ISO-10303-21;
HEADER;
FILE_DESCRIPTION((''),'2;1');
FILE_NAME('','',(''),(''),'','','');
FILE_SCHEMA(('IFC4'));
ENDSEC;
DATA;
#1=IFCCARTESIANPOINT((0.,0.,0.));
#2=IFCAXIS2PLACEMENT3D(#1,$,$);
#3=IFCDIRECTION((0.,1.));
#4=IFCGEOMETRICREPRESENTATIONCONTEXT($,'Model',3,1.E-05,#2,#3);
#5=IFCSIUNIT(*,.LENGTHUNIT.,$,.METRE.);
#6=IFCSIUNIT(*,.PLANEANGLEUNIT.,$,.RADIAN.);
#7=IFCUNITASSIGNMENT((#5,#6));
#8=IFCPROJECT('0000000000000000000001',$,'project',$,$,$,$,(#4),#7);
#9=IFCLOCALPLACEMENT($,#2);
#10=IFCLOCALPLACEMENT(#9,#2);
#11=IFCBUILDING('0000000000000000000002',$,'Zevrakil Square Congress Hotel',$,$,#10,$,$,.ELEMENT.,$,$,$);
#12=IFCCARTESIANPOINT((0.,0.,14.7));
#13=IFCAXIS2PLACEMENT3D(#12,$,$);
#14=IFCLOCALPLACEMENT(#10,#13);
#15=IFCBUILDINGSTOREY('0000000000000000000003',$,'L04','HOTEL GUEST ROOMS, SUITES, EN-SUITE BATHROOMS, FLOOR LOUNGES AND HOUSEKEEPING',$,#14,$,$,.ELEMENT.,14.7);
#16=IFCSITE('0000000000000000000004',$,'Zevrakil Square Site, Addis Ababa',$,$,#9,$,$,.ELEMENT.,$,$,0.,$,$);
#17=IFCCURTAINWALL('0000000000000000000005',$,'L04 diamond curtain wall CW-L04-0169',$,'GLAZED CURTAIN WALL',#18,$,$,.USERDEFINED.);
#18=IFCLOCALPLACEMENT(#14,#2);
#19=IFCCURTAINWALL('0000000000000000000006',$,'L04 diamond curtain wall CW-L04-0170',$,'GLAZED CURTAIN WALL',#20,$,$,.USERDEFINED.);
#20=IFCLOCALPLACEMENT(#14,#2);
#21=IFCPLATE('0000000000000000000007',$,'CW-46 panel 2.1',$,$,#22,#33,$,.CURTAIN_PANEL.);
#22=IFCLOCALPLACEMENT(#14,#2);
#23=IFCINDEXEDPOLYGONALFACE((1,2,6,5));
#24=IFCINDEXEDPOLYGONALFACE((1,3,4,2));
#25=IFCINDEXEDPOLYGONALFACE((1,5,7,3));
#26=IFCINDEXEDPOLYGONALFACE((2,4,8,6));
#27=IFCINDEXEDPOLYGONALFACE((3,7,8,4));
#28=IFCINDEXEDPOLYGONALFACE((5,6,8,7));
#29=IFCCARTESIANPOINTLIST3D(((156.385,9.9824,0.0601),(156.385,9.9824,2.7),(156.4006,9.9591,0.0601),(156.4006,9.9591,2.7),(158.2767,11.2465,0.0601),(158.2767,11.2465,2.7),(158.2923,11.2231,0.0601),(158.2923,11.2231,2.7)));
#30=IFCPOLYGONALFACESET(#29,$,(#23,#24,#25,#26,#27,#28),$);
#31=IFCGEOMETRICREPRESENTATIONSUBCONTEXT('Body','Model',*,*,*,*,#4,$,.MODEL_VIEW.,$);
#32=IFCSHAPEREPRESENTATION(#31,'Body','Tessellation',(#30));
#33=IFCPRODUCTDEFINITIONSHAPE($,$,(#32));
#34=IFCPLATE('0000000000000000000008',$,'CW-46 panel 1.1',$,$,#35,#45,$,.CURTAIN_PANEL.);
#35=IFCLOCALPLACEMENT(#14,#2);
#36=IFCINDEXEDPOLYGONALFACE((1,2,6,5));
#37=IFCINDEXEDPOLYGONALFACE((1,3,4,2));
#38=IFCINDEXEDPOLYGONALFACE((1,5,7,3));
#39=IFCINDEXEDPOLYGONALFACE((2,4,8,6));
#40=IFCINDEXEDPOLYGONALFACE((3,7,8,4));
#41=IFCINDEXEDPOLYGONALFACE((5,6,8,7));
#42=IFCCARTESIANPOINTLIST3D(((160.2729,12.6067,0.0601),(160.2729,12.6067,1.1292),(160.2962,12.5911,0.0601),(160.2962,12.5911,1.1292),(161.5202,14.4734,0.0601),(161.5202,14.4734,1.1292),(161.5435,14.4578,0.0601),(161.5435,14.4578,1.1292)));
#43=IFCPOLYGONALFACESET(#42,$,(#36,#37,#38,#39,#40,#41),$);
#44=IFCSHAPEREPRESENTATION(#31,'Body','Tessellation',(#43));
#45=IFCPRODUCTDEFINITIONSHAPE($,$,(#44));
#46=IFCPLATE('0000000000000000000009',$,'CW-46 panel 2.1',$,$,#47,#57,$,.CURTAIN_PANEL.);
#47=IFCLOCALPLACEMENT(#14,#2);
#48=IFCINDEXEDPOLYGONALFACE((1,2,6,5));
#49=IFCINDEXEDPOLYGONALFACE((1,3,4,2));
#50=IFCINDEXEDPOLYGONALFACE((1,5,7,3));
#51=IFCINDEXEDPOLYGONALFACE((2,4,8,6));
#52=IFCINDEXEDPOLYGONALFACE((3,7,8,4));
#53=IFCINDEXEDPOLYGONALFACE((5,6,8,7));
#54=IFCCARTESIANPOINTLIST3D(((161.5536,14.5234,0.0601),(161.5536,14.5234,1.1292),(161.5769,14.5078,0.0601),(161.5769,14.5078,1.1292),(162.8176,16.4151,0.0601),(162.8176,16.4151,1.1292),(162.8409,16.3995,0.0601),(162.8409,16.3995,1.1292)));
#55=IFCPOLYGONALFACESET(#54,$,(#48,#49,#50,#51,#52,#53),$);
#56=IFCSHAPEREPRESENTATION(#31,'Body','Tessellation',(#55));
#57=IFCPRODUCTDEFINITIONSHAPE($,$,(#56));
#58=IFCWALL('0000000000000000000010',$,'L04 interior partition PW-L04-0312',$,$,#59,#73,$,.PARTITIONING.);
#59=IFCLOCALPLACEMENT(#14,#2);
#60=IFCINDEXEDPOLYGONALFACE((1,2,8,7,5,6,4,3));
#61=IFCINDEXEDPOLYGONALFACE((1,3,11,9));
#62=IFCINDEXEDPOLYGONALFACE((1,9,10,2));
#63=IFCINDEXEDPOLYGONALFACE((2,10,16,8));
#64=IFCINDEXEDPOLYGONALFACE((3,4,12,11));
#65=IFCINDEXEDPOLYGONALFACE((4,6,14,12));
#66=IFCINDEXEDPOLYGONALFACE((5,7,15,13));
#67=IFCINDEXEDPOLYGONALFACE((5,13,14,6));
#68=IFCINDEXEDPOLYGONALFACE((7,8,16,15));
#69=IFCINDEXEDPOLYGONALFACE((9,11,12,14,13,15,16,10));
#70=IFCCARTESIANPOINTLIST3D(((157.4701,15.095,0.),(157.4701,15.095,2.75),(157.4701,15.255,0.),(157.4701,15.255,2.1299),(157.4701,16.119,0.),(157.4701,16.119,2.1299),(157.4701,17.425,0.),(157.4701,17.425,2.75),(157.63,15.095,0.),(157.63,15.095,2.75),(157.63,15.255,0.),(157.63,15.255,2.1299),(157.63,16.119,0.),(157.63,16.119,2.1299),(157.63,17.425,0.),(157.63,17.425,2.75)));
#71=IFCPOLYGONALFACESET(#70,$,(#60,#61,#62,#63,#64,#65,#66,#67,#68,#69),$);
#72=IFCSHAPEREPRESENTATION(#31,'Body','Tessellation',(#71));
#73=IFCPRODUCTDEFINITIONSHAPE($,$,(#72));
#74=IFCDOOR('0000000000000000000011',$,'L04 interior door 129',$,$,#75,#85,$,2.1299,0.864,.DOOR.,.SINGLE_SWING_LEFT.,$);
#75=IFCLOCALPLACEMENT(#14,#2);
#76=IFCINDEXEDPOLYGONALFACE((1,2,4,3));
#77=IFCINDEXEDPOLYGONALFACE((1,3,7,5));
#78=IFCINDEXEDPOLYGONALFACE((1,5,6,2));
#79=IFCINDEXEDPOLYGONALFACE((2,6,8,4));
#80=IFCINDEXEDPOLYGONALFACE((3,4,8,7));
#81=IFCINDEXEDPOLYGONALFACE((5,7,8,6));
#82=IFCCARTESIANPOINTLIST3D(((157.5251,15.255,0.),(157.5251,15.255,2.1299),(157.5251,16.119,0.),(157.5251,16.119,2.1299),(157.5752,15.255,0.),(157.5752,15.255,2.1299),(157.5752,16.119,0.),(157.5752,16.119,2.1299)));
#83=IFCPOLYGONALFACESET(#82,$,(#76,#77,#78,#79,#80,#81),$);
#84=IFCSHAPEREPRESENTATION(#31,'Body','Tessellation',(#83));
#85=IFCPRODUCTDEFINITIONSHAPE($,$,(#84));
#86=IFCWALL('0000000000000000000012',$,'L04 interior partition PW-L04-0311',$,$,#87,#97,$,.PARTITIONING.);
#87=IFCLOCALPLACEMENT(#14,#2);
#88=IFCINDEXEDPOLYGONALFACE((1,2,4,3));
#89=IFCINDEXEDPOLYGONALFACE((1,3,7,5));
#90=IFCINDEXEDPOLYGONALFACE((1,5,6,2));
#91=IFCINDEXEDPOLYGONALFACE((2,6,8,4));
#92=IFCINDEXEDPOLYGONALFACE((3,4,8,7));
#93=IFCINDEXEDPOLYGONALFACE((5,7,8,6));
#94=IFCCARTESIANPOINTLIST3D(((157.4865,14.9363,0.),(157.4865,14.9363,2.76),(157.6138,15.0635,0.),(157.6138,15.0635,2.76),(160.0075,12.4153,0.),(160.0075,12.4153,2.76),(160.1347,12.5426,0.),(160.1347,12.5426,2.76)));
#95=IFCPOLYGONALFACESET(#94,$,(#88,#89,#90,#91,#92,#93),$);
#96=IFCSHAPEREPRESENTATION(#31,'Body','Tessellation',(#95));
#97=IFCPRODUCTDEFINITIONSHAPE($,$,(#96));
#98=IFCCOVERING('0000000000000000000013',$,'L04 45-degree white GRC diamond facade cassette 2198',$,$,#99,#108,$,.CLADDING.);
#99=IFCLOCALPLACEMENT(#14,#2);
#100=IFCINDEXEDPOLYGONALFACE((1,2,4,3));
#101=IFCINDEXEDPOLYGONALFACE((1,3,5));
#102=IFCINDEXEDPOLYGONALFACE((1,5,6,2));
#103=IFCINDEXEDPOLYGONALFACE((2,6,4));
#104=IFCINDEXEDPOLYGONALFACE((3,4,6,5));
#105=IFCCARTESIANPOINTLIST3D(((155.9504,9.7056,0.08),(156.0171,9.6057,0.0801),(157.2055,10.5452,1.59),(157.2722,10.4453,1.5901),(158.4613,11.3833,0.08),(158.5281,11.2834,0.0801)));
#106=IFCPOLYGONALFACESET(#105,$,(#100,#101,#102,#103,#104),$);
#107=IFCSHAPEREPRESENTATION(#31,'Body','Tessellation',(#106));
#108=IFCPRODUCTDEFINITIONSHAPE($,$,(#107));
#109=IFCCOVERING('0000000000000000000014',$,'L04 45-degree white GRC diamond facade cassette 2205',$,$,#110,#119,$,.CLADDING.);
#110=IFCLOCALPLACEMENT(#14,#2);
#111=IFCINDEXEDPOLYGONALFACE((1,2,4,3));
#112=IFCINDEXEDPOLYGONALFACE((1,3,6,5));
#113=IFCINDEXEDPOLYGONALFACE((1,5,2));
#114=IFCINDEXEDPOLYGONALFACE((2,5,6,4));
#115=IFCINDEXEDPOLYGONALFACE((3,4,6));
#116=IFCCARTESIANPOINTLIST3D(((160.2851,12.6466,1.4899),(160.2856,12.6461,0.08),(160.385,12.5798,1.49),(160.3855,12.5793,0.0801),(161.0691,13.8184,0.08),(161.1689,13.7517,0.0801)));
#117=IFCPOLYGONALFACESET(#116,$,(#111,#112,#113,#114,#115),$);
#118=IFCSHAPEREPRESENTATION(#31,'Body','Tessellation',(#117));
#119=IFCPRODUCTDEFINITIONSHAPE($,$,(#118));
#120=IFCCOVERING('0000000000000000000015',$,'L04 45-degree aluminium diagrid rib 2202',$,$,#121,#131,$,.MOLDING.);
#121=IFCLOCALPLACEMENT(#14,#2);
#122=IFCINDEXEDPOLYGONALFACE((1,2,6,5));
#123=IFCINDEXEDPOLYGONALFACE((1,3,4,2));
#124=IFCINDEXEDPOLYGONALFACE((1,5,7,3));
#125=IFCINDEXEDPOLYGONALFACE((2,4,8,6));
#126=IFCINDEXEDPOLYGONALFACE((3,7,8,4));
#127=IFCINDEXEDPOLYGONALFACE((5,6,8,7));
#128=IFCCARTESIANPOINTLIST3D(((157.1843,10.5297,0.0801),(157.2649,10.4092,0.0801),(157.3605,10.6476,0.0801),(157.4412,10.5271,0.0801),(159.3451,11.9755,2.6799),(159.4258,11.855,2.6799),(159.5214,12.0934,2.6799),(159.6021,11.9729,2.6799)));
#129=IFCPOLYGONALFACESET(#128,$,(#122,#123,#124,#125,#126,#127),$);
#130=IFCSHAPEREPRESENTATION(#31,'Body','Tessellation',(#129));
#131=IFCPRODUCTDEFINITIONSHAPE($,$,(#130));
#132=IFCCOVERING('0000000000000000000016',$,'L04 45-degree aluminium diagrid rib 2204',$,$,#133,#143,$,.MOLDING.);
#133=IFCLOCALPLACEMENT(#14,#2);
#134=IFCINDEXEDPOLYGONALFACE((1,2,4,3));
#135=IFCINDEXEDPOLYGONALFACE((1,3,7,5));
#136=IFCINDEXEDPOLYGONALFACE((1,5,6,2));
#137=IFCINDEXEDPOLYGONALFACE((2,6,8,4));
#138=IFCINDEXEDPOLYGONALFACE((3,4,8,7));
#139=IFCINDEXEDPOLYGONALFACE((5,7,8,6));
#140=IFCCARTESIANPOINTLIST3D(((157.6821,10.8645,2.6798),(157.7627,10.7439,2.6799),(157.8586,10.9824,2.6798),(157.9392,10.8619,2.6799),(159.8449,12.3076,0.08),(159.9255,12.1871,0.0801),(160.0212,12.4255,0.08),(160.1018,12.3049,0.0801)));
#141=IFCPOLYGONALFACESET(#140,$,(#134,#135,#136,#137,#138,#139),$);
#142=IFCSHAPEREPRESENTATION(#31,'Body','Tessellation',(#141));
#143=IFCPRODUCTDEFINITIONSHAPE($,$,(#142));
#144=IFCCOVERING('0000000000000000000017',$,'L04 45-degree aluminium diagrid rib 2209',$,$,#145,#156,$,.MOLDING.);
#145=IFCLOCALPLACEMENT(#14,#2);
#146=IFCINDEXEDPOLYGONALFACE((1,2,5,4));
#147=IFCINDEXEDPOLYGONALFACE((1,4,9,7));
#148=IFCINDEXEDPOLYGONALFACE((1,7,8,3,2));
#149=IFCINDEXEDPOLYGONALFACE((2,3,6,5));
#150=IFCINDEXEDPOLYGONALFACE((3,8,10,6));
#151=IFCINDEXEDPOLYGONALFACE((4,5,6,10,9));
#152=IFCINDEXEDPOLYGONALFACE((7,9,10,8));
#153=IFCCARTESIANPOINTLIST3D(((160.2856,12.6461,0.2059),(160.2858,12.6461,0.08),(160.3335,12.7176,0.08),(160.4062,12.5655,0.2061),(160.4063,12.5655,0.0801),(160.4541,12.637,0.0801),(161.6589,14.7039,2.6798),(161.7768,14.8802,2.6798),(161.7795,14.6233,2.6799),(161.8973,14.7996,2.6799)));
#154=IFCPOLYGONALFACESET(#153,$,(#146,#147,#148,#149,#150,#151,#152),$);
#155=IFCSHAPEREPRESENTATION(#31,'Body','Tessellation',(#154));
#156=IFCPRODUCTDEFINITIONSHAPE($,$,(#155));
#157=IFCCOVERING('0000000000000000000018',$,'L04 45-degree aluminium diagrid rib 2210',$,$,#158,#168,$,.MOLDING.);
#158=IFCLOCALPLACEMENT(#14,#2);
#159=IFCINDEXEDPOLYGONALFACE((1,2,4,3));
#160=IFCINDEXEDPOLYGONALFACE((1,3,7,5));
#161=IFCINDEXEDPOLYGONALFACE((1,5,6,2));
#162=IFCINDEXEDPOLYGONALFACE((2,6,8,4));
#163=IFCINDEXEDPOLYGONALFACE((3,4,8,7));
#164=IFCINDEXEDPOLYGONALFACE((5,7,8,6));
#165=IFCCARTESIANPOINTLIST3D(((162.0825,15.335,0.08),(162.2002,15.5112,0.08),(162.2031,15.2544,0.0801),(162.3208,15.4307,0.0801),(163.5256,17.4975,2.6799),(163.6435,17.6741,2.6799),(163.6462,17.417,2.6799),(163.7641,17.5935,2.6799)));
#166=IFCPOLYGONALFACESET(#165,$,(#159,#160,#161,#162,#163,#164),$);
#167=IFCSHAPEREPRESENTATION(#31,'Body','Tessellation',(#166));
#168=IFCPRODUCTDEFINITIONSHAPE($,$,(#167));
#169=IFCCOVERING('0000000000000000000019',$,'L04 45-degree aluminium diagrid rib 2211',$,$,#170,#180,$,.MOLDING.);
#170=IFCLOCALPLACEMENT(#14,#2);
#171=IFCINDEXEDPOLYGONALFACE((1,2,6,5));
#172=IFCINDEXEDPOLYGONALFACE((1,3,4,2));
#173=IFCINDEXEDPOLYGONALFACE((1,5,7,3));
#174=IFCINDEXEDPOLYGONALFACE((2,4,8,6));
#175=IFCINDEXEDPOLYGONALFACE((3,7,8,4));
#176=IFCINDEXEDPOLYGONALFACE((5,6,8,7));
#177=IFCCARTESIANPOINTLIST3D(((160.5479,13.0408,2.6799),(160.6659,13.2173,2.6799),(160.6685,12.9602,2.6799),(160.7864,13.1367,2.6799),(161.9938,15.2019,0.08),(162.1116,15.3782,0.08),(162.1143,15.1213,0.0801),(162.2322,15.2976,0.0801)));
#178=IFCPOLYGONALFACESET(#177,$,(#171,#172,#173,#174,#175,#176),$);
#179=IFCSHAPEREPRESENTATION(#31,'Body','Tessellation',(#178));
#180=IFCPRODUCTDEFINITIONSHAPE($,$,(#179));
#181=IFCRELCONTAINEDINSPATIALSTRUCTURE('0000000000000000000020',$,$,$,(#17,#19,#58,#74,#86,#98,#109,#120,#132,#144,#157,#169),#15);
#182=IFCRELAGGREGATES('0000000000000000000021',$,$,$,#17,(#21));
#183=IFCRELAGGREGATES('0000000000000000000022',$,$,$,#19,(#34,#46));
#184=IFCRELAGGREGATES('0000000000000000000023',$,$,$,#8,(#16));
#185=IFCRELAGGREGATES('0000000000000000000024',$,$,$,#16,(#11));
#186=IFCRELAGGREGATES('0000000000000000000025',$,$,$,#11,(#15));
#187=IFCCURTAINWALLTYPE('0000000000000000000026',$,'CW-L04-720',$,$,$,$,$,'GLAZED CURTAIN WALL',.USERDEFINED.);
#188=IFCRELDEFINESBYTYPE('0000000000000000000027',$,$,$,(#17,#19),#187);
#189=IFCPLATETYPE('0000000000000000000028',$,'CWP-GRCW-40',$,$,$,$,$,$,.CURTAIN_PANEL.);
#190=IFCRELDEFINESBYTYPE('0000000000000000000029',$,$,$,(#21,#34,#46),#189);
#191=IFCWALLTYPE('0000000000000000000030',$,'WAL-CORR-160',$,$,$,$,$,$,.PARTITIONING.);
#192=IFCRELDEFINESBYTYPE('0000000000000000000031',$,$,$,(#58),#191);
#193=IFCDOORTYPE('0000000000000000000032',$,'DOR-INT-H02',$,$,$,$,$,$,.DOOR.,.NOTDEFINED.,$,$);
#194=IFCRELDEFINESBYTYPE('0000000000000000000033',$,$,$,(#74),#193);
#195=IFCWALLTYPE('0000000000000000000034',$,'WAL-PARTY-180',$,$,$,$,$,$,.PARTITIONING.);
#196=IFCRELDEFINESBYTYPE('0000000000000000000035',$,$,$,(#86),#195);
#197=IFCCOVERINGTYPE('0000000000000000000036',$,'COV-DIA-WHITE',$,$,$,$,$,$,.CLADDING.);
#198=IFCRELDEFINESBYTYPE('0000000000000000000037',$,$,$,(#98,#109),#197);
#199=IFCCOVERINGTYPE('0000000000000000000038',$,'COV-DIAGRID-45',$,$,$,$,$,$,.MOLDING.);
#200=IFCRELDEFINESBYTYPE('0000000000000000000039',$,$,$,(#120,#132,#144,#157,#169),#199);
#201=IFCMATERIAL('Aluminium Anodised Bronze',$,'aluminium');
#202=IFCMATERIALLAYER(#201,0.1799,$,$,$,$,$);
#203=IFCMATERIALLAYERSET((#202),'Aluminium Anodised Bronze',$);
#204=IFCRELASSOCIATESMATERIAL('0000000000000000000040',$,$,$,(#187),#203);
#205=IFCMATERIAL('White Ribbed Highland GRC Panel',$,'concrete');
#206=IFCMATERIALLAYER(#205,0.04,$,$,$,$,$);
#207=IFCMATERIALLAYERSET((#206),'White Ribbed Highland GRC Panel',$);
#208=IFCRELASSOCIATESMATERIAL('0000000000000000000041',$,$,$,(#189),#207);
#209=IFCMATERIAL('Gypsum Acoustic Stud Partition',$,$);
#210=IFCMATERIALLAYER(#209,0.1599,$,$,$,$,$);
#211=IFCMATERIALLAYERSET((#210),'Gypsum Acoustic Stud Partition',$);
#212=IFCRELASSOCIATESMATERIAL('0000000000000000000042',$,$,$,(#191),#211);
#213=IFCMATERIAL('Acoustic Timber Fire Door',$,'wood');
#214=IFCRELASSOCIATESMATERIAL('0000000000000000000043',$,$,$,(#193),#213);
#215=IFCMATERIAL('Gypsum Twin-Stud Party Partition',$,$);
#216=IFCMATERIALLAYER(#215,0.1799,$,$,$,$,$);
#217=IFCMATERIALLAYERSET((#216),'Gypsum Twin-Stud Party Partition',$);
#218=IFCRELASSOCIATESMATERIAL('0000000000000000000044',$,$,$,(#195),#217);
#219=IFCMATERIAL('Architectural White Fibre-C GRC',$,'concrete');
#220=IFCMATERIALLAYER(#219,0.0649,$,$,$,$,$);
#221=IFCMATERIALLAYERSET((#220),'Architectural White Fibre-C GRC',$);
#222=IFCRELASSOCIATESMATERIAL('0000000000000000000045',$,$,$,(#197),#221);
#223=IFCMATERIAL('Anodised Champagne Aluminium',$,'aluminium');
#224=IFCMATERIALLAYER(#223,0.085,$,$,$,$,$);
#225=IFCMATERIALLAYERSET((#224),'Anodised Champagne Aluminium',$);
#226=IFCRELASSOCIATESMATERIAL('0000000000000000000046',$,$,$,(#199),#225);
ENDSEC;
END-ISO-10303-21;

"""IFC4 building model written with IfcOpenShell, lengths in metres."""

from ifc_helpers import new_model, si_unit, direction, frame, frame_2d, origin, origin_2d, place, context, subcontext, project, spatial, polyline, rectangle, outline, extrude, material, layer, layer_set, type_object, element, fill, aggregate, save


model = new_model("IFC4")

# Units and contexts
model_context = context("Model", 3, precision=1e-05, world=origin(), true_north=direction((0.0, 1.0)))
body_context = subcontext(model_context, "Body", "Model", "MODEL_VIEW")
ifc_project = project(units=[si_unit("LENGTHUNIT", "METRE"), si_unit("PLANEANGLEUNIT", "RADIAN")], contexts=[model_context])

# Site, building, storey
site_placement = place(None, origin())
site = spatial("IfcSite", under=ifc_project, at=site_placement, Name="Zevrakil Square Site, Addis Ababa", CompositionType="ELEMENT", RefElevation=0.0)
building_placement = place(site_placement, origin())
building = spatial("IfcBuilding", under=site, at=building_placement, Name="Zevrakil Square Congress Hotel", CompositionType="ELEMENT")
storey_placement = place(building_placement, frame((0.0, 0.0, 14.7)))
storey = spatial("IfcBuildingStorey", under=building, at=storey_placement, Name="L04", Description="HOTEL GUEST ROOMS, SUITES, EN-SUITE BATHROOMS, FLOOR LOUNGES AND HOUSEKEEPING", CompositionType="ELEMENT", Elevation=14.7)

# Curtain walls
ifc_material_1 = material(Name="Aluminium Anodised Bronze", Category="aluminium")
ifc_layer_1 = layer(ifc_material_1, 0.1799)
ifc_layer_set_1 = layer_set([ifc_layer_1], Name="Aluminium Anodised Bronze")
curtain_wall_type = type_object("IfcCurtainWallType", Name="CW-L04-720", ElementType="GLAZED CURTAIN WALL", PredefinedType="USERDEFINED", material=ifc_layer_set_1)
curtain_wall_1_placement = place(storey_placement, origin())
curtain_wall_1 = element("IfcCurtainWall", 1, at=curtain_wall_1_placement, inside=storey, type_object=curtain_wall_type, Name="L04 diamond curtain wall CW-L04-0169", ObjectType="GLAZED CURTAIN WALL", PredefinedType="USERDEFINED")
curtain_wall_2_placement = place(storey_placement, origin())
curtain_wall_2 = element("IfcCurtainWall", 2, at=curtain_wall_2_placement, inside=storey, type_object=curtain_wall_type, Name="L04 diamond curtain wall CW-L04-0170", ObjectType="GLAZED CURTAIN WALL", PredefinedType="USERDEFINED")

# Plates
ifc_material_2 = material(Name="White Ribbed Highland GRC Panel", Category="concrete")
ifc_layer_2 = layer(ifc_material_2, 0.04)
ifc_layer_set_2 = layer_set([ifc_layer_2], Name="White Ribbed Highland GRC Panel")
plate_type_1 = type_object("IfcPlateType", Name="CWP-GRCW-40", PredefinedType="CURTAIN_PANEL", material=ifc_layer_set_2)
plate_1_placement = place(storey_placement, frame((157.3386, 10.6028, 0.0601), z_axis=(0.0, 0.0, 1.0), x_axis=(0.831466, 0.555576, 0.0)))
plate_1 = element("IfcPlate", 3, at=plate_1_placement, type_object=plate_type_1, Name="CW-46 panel 2.1", PredefinedType="CURTAIN_PANEL", context=body_context, shape_type="SweptSolid", body=[
    extrude(rectangle(XDim=2.2751, YDim=0.0281, at=origin_2d()), origin(), (0.0, 0.0, 1.0), 2.6399),
])
aggregate(curtain_wall_1, [plate_1])
plate_2_placement = place(storey_placement, frame((160.9082, 13.5322, 0.0601), z_axis=(0.0, 0.0, 1.0), x_axis=(0.555576, 0.831466, 0.0)))
plate_2 = element("IfcPlate", 4, at=plate_2_placement, type_object=plate_type_1, Name="CW-46 panel 1.1", PredefinedType="CURTAIN_PANEL", context=body_context, shape_type="SweptSolid", body=[
    extrude(rectangle(XDim=2.2451, YDim=0.0281, at=origin_2d()), origin(), (0.0, 0.0, 1.0), 1.0691),
])
plate_3_placement = place(storey_placement, frame((162.1973, 15.4614, 0.0601), z_axis=(0.0, 0.0, 1.0), x_axis=(0.555576, 0.831466, 0.0)))
plate_3 = element("IfcPlate", 5, at=plate_3_placement, type_object=plate_type_1, Name="CW-46 panel 2.1", PredefinedType="CURTAIN_PANEL", context=body_context, shape_type="SweptSolid", body=[
    extrude(rectangle(XDim=2.2751, YDim=0.0281, at=origin_2d()), origin(), (0.0, 0.0, 1.0), 1.0691),
])
aggregate(curtain_wall_2, [plate_2, plate_3])

# Wall, opening, door
ifc_material_3 = material(Name="Gypsum Acoustic Stud Partition")
ifc_layer_3 = layer(ifc_material_3, 0.1599)
ifc_layer_set_3 = layer_set([ifc_layer_3], Name="Gypsum Acoustic Stud Partition")
wall_type_1 = type_object("IfcWallType", Name="WAL-CORR-160", PredefinedType="PARTITIONING", material=ifc_layer_set_3)
wall_1_placement = place(storey_placement, frame((157.55, 15.095, 0.0), z_axis=(0.0, 0.0, 1.0), x_axis=(0.0, 1.0, 0.0)))
wall_1 = element("IfcWall", 6, at=wall_1_placement, inside=storey, type_object=wall_type_1, Name="L04 interior partition PW-L04-0312", PredefinedType="PARTITIONING", context=body_context, shape_type="SweptSolid", body=[
    extrude(rectangle(XDim=2.3301, YDim=0.1599, at=frame_2d((1.165, 0.0))), origin(), (0.0, 0.0, 1.0), 2.75),
])
opening_placement = place(wall_1_placement, frame((0.1599, 0.0, 0.0)))
opening = element("IfcOpeningElement", 7, at=opening_placement, cuts=wall_1, PredefinedType="OPENING", context=body_context, shape_type="SweptSolid", body=[
    extrude(rectangle(XDim=0.864, YDim=2.1299, at=frame_2d((0.4321, 1.0649))), frame((0.0, 0.0898, 0.0), z_axis=(0.0, -1.0, 0.0), x_axis=(1.0, 0.0, 0.0)), (0.0, 0.0, 1.0), 0.1799),
])
ifc_material_4 = material(Name="Acoustic Timber Fire Door", Category="wood")
door_type = type_object("IfcDoorType", Name="DOR-INT-H02", OperationType="NOTDEFINED", PredefinedType="DOOR", material=ifc_material_4)
door_placement = place(opening_placement, origin())
door = element("IfcDoor", 8, at=door_placement, inside=storey, type_object=door_type, Name="L04 interior door 129", OperationType="SINGLE_SWING_LEFT", OverallHeight=2.1299, OverallWidth=0.864, PredefinedType="DOOR", context=body_context, shape_type="SweptSolid", body=[
    extrude(rectangle(XDim=0.864, YDim=2.1299, at=frame_2d((0.4321, 1.0649))), frame((0.0, 0.0249, 0.0), z_axis=(0.0, -1.0, 0.0), x_axis=(1.0, 0.0, 0.0)), (0.0, 0.0, 1.0), 0.05),
])
fill(opening, door)

# Wall
ifc_material_5 = material(Name="Gypsum Twin-Stud Party Partition")
ifc_layer_4 = layer(ifc_material_5, 0.1799)
ifc_layer_set_4 = layer_set([ifc_layer_4], Name="Gypsum Twin-Stud Party Partition")
wall_type_2 = type_object("IfcWallType", Name="WAL-PARTY-180", PredefinedType="PARTITIONING", material=ifc_layer_set_4)
wall_2_placement = place(storey_placement, frame((157.55, 15.0, 0.0), z_axis=(0.0, 0.0, 1.0), x_axis=(0.707107, -0.707107, 0.0)))
element("IfcWall", 9, at=wall_2_placement, inside=storey, type_object=wall_type_2, Name="L04 interior partition PW-L04-0311", PredefinedType="PARTITIONING", context=body_context, shape_type="SweptSolid", body=[
    extrude(rectangle(XDim=3.5652, YDim=0.1799, at=frame_2d((1.7827, 0.0))), origin(), (0.0, 0.0, 1.0), 2.76),
])

# Coverings
ifc_material_6 = material(Name="Architectural White Fibre-C GRC", Category="concrete")
ifc_layer_5 = layer(ifc_material_6, 0.0649)
ifc_layer_set_5 = layer_set([ifc_layer_5], Name="Architectural White Fibre-C GRC")
covering_type_1 = type_object("IfcCoveringType", Name="COV-DIA-WHITE", PredefinedType="CLADDING", material=ifc_layer_set_5)
covering_1_placement = place(storey_placement, frame((157.2722, 10.4453, 1.5901), z_axis=(0.555558, -0.831478, 0.000538), x_axis=(0.588124, 0.392502, -0.707144)))
element("IfcCovering", 10, at=covering_1_placement, inside=storey, type_object=covering_type_1, Name="L04 45-degree white GRC diamond facade cassette 2198", PredefinedType="CLADDING", context=body_context, shape_type="SweptSolid", body=[
    extrude(outline(polyline([(0.0, 0.0), (2.1354, 0.0), (0.0001, -2.1355), (0.0, 0.0)])), origin(), (0.0, 0.0, -1.0), 0.1201),
])
covering_2_placement = place(storey_placement, frame((161.1689, 13.7517, 0.0801), z_axis=(0.831437, -0.555619, 0.00048), x_axis=(-0.555619, -0.831437, 0.0)))
element("IfcCovering", 11, at=covering_2_placement, inside=storey, type_object=covering_type_1, Name="L04 45-degree white GRC diamond facade cassette 2205", PredefinedType="CLADDING", context=body_context, shape_type="SweptSolid", body=[
    extrude(outline(polyline([(0.0, 0.0), (1.41, 0.0), (1.4099, -1.4099), (0.0, 0.0)])), origin(), (0.0, 0.0, -1.0), 0.1201),
])
ifc_material_7 = material(Name="Anodised Champagne Aluminium", Category="aluminium")
ifc_layer_6 = layer(ifc_material_7, 0.085)
ifc_layer_set_6 = layer_set([ifc_layer_6], Name="Anodised Champagne Aluminium")
covering_type_2 = type_object("IfcCoveringType", Name="COV-DIAGRID-45", PredefinedType="MOLDING", material=ifc_layer_set_6)
covering_3_placement = place(storey_placement, frame((157.4412, 10.5271, 0.0801), z_axis=(0.556028, -0.831164, 0.00007), x_axis=(-0.831164, -0.556028, 0.0)))
element("IfcCovering", 12, at=covering_3_placement, inside=storey, type_object=covering_type_2, Name="L04 45-degree aluminium diagrid rib 2202", PredefinedType="MOLDING", context=body_context, shape_type="SweptSolid", body=[
    extrude(outline(polyline([(0.0, 0.0), (0.2121, 0.0), (-2.3879, -2.5999), (-2.6, -2.5999), (0.0, 0.0)])), origin(), (0.0, 0.0, -1.0), 0.145),
])
covering_4_placement = place(storey_placement, frame((157.7627, 10.7439, 2.6799), z_axis=(0.555762, -0.831341, 0.00086), x_axis=(0.831342, 0.555762, 0.0)))
element("IfcCovering", 13, at=covering_4_placement, inside=storey, type_object=covering_type_2, Name="L04 45-degree aluminium diagrid rib 2204", PredefinedType="MOLDING", context=body_context, shape_type="SweptSolid", body=[
    extrude(outline(polyline([(0.0, 0.0), (0.2123, 0.0), (2.8122, -2.5999), (2.6001, -2.5999), (0.0, 0.0)])), origin(), (0.0, 0.0, -1.0), 0.145),
])
covering_5_placement = place(storey_placement, frame((160.4541, 12.637, 0.0801), z_axis=(0.831359, -0.555735, 0.000779), x_axis=(-0.555735, -0.83136, -0.000002)))
element("IfcCovering", 14, at=covering_5_placement, inside=storey, type_object=covering_type_2, Name="L04 45-degree aluminium diagrid rib 2209", PredefinedType="MOLDING", context=body_context, shape_type="SweptSolid", body=[
    extrude(outline(polyline([(0.0, 0.0), (0.0859, 0.0), (0.0861, -0.126), (-2.3879, -2.5999), (-2.6, -2.5999), (0.0, 0.0)])), origin(), (0.0, 0.0, -1.0), 0.145),
])
covering_6_placement = place(storey_placement, frame((162.3208, 15.4307, 0.0801), z_axis=(0.831607, -0.555364, 0.000342), x_axis=(-0.555364, -0.831607, 0.0)))
element("IfcCovering", 15, at=covering_6_placement, inside=storey, type_object=covering_type_2, Name="L04 45-degree aluminium diagrid rib 2210", PredefinedType="MOLDING", context=body_context, shape_type="SweptSolid", body=[
    extrude(outline(polyline([(0.0, 0.0), (0.2119, 0.0), (-2.3879, -2.5999), (-2.6002, -2.5999), (0.0, 0.0)])), origin(), (0.0, 0.0, -1.0), 0.145),
])
covering_7_placement = place(storey_placement, frame((160.6685, 12.9602, 2.6799), z_axis=(0.831341, -0.555762, 0.000364), x_axis=(0.555762, 0.831342, 0.0)))
element("IfcCovering", 16, at=covering_7_placement, inside=storey, type_object=covering_type_2, Name="L04 45-degree aluminium diagrid rib 2211", PredefinedType="MOLDING", context=body_context, shape_type="SweptSolid", body=[
    extrude(outline(polyline([(0.0, 0.0), (0.2123, 0.0), (2.8122, -2.5999), (2.6002, -2.5999), (0.0, 0.0)])), origin(), (0.0, 0.0, -1.0), 0.145),
])

save(model, "model.ifc")
